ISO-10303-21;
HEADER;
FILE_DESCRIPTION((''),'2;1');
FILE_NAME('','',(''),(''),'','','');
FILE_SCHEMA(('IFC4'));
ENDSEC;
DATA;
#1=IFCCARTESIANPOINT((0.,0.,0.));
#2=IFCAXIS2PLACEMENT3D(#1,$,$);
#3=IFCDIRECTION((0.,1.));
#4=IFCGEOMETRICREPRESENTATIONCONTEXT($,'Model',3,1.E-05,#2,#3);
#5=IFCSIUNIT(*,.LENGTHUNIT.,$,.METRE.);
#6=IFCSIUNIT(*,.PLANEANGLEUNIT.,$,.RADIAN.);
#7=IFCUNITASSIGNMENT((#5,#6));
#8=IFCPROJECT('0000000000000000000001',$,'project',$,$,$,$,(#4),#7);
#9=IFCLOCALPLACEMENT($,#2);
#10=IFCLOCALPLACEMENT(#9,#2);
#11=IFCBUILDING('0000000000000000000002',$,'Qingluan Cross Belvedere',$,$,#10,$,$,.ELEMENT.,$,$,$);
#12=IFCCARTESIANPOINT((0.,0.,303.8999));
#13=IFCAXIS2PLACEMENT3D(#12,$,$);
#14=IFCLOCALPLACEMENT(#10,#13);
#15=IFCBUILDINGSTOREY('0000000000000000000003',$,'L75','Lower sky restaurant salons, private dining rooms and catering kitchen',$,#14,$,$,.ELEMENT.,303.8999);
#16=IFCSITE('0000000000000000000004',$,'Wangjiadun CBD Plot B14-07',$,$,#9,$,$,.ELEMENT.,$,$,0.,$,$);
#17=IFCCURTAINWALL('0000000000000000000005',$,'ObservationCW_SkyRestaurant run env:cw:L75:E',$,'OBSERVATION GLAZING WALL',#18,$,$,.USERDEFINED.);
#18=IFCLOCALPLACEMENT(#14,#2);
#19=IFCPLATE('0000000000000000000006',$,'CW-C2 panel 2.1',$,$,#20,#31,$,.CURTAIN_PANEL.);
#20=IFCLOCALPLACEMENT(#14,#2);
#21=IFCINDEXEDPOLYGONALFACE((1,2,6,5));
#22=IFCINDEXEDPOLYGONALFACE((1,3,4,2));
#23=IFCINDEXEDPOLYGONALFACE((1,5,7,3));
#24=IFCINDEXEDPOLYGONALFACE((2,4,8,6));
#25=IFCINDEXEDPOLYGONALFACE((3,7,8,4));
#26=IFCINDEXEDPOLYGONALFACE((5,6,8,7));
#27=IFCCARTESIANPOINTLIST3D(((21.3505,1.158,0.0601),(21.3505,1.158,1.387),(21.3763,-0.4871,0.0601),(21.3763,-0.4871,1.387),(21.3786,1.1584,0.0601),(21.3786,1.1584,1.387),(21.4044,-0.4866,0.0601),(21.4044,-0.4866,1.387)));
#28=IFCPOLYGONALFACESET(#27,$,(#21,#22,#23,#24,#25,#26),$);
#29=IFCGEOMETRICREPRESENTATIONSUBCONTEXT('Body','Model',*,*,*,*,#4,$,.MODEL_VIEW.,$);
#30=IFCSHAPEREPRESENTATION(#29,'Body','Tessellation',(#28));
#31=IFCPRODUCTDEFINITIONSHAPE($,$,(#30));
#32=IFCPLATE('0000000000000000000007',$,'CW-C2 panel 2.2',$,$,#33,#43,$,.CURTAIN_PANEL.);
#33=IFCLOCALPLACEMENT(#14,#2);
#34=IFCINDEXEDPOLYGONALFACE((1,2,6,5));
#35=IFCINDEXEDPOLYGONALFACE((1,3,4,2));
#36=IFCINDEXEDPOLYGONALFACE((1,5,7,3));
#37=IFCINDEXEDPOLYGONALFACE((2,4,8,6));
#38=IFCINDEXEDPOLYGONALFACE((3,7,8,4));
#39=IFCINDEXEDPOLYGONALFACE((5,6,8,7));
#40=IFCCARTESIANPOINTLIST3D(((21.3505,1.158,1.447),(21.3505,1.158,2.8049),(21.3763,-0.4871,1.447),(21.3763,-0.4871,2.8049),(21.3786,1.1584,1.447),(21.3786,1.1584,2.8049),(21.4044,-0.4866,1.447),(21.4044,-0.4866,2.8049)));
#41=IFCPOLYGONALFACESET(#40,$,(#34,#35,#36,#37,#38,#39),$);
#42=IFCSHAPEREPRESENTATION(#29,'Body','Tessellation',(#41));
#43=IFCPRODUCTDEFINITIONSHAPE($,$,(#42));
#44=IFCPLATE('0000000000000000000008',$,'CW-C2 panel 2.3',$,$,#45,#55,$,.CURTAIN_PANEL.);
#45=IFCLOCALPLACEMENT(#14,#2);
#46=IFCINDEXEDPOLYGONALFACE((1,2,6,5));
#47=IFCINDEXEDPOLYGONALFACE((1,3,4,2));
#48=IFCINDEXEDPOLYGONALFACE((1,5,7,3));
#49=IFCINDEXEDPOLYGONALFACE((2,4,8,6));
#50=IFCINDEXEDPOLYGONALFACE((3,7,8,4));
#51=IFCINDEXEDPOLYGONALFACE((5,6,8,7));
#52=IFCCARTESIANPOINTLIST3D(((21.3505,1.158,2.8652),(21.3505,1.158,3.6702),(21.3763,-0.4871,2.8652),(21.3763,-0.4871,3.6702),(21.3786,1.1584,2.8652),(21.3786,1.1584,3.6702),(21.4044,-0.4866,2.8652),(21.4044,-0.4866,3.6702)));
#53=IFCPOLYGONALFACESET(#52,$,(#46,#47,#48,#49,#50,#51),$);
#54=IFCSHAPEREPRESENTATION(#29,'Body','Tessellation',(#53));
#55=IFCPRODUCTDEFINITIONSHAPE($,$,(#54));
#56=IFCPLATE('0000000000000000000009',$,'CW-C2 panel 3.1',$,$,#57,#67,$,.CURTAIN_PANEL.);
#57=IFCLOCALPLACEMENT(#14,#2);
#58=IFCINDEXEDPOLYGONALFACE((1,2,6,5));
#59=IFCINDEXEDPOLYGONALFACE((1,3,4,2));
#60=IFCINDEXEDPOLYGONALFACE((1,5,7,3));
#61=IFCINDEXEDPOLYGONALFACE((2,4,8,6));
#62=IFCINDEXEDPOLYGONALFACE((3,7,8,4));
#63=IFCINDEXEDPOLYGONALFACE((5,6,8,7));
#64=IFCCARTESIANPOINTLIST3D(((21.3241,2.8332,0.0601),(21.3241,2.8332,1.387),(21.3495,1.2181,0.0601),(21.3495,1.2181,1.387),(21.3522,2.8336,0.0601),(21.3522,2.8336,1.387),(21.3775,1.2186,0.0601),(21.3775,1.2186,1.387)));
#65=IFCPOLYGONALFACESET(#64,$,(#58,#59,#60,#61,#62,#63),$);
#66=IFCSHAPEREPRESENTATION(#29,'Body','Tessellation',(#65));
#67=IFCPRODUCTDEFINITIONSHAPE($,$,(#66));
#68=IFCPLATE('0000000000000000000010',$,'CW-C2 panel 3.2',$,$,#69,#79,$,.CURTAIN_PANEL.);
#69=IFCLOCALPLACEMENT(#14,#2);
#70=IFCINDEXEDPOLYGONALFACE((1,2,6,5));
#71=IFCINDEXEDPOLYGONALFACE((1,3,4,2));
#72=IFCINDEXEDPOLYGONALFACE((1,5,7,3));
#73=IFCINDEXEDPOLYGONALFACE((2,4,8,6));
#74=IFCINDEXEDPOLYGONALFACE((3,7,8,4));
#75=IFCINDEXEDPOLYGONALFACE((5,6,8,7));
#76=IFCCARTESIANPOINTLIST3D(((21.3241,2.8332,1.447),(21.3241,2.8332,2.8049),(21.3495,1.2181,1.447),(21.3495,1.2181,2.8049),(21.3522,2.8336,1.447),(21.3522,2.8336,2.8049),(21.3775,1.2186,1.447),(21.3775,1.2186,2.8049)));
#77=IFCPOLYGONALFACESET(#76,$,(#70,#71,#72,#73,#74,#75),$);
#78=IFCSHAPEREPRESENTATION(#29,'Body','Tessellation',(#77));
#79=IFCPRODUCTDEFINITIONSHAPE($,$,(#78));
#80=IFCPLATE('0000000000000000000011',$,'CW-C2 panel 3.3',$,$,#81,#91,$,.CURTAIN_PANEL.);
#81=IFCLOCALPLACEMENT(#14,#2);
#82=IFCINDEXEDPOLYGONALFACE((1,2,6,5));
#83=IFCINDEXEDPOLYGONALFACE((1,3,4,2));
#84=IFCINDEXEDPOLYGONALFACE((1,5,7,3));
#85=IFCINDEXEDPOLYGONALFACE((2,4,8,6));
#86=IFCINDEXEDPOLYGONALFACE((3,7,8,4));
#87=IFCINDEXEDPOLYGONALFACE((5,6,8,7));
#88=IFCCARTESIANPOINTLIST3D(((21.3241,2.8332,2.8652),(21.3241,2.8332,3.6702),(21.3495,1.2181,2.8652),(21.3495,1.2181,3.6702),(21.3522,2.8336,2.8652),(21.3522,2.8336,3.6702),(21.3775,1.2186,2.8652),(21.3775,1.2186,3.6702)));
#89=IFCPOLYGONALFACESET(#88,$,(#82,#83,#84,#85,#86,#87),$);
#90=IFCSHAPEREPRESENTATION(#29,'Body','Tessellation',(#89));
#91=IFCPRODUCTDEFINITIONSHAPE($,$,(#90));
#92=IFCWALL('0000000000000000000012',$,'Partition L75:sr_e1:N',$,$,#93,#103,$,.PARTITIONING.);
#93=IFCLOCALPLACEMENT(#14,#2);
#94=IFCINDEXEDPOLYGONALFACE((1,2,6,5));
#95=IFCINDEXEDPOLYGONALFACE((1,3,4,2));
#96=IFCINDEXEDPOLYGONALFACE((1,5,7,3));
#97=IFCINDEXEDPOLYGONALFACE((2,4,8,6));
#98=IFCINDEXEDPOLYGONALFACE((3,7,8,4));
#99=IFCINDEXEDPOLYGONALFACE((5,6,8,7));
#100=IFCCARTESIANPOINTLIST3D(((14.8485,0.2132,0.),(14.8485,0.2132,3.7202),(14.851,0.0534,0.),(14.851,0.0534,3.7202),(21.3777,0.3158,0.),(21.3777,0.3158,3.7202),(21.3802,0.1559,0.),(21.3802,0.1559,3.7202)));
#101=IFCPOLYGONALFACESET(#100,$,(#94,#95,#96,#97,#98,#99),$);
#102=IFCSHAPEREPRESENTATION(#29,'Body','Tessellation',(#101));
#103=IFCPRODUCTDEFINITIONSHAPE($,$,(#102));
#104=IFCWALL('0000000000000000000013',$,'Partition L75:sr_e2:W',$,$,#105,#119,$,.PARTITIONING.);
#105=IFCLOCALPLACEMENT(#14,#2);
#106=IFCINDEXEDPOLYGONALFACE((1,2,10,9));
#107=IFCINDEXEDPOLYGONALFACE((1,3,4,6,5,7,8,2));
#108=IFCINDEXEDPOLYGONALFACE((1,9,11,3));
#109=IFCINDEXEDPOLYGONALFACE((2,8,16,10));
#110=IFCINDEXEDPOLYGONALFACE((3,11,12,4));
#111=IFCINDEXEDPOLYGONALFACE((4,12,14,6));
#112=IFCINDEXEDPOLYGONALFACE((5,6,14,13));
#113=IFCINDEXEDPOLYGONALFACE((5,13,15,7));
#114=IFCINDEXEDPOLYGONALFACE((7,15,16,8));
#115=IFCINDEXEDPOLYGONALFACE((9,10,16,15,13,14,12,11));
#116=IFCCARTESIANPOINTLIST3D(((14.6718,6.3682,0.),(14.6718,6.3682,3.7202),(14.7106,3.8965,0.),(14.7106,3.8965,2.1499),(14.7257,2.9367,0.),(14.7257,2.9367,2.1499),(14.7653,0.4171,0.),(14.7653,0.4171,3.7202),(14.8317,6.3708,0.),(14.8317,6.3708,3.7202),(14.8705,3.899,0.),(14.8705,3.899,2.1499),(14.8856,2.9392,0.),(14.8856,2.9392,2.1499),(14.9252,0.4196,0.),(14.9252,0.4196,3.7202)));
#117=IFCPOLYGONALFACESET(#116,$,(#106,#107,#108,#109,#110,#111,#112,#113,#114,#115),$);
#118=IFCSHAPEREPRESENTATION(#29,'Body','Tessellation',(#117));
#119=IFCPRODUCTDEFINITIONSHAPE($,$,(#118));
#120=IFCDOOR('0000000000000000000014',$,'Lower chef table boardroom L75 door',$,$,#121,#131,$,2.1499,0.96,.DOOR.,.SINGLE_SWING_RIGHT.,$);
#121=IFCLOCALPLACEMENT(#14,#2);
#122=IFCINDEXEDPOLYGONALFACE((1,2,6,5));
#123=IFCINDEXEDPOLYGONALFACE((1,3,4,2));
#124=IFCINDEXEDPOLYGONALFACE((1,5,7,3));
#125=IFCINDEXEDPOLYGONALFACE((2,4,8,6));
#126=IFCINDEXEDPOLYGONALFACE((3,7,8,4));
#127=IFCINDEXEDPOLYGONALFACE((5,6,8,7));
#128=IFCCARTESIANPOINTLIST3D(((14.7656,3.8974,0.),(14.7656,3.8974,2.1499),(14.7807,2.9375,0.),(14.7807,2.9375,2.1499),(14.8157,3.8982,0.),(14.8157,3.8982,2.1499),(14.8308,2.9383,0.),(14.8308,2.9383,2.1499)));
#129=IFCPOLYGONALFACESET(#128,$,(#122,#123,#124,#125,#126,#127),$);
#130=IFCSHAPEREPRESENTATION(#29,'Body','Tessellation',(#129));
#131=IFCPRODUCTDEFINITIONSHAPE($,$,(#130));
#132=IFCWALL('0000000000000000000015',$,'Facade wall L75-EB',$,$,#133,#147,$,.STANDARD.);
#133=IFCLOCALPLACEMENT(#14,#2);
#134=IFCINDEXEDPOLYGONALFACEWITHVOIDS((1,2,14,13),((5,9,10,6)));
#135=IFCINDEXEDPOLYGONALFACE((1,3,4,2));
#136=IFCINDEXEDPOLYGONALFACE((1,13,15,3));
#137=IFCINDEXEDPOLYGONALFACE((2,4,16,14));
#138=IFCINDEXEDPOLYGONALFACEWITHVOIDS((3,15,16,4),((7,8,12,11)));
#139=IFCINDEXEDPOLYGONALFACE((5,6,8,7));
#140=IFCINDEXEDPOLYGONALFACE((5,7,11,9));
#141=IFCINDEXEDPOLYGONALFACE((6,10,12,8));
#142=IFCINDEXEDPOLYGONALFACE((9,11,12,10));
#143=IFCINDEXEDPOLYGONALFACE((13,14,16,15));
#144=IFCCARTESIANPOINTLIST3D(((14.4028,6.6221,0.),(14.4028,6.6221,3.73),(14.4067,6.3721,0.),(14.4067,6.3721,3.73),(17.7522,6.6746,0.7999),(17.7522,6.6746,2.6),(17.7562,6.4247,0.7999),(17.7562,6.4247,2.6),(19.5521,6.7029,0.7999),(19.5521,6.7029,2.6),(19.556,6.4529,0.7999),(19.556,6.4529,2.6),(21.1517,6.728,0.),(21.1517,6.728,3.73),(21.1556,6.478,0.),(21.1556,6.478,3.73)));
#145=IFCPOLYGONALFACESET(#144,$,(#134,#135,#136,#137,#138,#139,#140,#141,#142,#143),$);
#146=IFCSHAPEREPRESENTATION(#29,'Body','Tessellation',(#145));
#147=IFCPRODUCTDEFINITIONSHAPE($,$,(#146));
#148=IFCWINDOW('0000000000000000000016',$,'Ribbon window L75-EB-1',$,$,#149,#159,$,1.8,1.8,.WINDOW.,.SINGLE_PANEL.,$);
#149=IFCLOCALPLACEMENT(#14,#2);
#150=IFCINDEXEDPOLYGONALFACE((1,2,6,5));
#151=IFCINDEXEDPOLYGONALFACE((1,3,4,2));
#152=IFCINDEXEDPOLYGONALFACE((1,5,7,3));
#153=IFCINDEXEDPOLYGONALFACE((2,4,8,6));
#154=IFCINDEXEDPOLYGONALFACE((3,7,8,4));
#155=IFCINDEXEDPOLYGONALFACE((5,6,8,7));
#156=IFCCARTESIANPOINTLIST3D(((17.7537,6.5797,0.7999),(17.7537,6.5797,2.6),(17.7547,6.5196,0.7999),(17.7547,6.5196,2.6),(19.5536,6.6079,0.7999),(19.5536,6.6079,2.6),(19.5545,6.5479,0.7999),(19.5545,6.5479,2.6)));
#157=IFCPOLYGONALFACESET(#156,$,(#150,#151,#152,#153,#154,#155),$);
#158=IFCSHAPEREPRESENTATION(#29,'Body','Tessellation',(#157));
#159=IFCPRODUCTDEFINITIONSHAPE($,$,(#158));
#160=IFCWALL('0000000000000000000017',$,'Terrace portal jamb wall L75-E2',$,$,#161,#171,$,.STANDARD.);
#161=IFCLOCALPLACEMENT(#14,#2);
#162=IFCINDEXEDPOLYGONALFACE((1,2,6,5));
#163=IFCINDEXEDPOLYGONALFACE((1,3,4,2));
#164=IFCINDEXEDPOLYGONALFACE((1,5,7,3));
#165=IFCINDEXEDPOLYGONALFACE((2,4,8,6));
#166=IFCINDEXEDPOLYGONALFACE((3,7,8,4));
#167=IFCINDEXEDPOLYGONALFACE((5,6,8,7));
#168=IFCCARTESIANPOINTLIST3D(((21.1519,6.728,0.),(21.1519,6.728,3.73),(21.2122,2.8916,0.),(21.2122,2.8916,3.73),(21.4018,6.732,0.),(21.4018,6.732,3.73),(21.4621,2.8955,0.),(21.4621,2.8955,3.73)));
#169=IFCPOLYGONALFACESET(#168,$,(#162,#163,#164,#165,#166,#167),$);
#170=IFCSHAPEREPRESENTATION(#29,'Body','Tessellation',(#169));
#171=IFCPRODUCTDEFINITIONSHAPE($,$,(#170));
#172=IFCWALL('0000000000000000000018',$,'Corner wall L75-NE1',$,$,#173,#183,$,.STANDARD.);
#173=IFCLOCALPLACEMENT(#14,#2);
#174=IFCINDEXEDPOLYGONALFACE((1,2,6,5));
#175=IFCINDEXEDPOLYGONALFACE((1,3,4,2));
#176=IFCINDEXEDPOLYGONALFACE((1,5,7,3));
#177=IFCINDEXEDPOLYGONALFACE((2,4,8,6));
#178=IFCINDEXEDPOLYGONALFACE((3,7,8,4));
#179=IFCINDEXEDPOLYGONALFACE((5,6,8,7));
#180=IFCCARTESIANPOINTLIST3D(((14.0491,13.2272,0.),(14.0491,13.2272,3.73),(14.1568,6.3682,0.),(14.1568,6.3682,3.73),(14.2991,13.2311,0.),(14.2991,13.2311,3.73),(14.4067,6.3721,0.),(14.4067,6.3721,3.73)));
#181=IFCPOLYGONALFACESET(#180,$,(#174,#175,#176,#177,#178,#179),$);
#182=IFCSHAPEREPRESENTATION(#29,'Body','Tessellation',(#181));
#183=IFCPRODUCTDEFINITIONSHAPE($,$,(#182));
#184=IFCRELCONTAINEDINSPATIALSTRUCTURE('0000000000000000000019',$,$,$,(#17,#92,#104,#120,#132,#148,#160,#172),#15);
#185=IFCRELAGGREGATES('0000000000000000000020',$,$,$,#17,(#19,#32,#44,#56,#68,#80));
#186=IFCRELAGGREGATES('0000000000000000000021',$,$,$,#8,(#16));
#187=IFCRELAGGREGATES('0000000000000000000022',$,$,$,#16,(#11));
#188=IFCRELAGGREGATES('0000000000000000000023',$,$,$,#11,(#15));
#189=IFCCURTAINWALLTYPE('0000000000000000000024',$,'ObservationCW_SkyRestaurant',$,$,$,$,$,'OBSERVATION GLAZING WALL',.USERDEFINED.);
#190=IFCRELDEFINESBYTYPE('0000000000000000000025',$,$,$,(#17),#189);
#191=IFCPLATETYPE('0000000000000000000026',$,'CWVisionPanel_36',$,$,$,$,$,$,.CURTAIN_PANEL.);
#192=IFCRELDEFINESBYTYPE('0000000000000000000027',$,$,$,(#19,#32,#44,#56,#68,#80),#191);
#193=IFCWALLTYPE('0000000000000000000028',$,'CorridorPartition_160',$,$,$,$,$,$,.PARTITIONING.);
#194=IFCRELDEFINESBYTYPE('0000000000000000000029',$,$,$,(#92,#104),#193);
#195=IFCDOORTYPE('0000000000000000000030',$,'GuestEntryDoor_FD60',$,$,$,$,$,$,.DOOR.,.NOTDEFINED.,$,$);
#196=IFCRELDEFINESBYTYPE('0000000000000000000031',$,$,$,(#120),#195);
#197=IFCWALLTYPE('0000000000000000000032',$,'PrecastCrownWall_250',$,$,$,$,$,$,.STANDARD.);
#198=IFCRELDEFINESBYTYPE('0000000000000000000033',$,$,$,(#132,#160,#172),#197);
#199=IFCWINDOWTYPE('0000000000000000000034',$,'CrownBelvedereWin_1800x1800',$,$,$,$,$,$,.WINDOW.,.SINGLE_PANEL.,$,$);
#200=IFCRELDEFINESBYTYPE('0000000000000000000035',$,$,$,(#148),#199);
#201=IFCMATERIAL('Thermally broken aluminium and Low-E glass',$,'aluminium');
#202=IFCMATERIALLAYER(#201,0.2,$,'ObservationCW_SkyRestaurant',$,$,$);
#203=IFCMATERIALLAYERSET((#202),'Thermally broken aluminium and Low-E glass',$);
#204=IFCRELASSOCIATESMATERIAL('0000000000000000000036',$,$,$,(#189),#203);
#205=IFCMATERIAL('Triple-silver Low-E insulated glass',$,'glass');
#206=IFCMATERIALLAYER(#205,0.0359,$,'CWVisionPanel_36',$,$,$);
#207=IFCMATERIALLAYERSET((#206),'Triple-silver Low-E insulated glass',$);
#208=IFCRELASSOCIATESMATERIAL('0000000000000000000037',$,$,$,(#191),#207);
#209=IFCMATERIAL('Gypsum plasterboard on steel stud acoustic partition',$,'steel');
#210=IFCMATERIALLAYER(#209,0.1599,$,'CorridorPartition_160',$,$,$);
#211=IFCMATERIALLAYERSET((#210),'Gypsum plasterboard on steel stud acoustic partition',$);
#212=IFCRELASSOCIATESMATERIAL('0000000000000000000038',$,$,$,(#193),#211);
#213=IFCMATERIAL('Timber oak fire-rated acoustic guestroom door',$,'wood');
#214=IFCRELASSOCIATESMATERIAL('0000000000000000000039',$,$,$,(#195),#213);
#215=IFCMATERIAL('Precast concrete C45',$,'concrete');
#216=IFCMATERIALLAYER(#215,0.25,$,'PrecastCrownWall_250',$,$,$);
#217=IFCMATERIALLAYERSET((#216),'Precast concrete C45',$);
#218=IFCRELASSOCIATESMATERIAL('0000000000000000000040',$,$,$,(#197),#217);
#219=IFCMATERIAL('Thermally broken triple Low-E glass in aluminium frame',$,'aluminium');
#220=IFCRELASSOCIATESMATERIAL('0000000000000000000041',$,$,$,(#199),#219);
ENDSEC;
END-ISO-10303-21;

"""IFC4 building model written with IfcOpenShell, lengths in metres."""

from ifc_helpers import new_model, si_unit, direction, frame, frame_2d, origin, origin_2d, place, context, subcontext, project, spatial, rectangle, extrude, material, layer, layer_set, type_object, element, fill, aggregate, save


model = new_model("IFC4")

# Units and contexts
model_context = context("Model", 3, precision=1e-05, world=origin(), true_north=direction((0.0, 1.0)))
body_context = subcontext(model_context, "Body", "Model", "MODEL_VIEW")
ifc_project = project(units=[si_unit("LENGTHUNIT", "METRE"), si_unit("PLANEANGLEUNIT", "RADIAN")], contexts=[model_context])

# Site, building, storey
site_placement = place(None, origin())
site = spatial("IfcSite", under=ifc_project, at=site_placement, Name="Wangjiadun CBD Plot B14-07", CompositionType="ELEMENT", RefElevation=0.0)
building_placement = place(site_placement, origin())
building = spatial("IfcBuilding", under=site, at=building_placement, Name="Qingluan Cross Belvedere", CompositionType="ELEMENT")
storey_placement = place(building_placement, frame((0.0, 0.0, 303.8999)))
storey = spatial("IfcBuildingStorey", under=building, at=storey_placement, Name="L75", Description="Lower sky restaurant salons, private dining rooms and catering kitchen", CompositionType="ELEMENT", Elevation=303.8999)

# Curtain wall
ifc_material_1 = material(Name="Thermally broken aluminium and Low-E glass", Category="aluminium")
ifc_layer_1 = layer(ifc_material_1, 0.2, Name="ObservationCW_SkyRestaurant")
ifc_layer_set_1 = layer_set([ifc_layer_1], Name="Thermally broken aluminium and Low-E glass")
curtain_wall_type = type_object("IfcCurtainWallType", Name="ObservationCW_SkyRestaurant", ElementType="OBSERVATION GLAZING WALL", PredefinedType="USERDEFINED", material=ifc_layer_set_1)
curtain_wall_placement = place(storey_placement, origin())
curtain_wall = element("IfcCurtainWall", 1, at=curtain_wall_placement, inside=storey, type_object=curtain_wall_type, Name="ObservationCW_SkyRestaurant run env:cw:L75:E", ObjectType="OBSERVATION GLAZING WALL", PredefinedType="USERDEFINED")

# Plates
ifc_material_2 = material(Name="Triple-silver Low-E insulated glass", Category="glass")
ifc_layer_2 = layer(ifc_material_2, 0.0359, Name="CWVisionPanel_36")
ifc_layer_set_2 = layer_set([ifc_layer_2], Name="Triple-silver Low-E insulated glass")
plate_type = type_object("IfcPlateType", Name="CWVisionPanel_36", PredefinedType="CURTAIN_PANEL", material=ifc_layer_set_2)
plate_1_placement = place(storey_placement, frame((21.3774, 0.3357, 0.0601), z_axis=(0.0, 0.0, 1.0), x_axis=(-0.015696, 0.999877, 0.0)))
plate_1 = element("IfcPlate", 2, at=plate_1_placement, type_object=plate_type, Name="CW-C2 panel 2.1", PredefinedType="CURTAIN_PANEL", context=body_context, shape_type="SweptSolid", body=[
    extrude(rectangle(XDim=1.6453, YDim=0.0281, at=origin_2d()), origin(), (0.0, 0.0, 1.0), 1.3269),
])
plate_2_placement = place(storey_placement, frame((21.3774, 0.3357, 1.447), z_axis=(0.0, 0.0, 1.0), x_axis=(-0.015696, 0.999877, 0.0)))
plate_2 = element("IfcPlate", 3, at=plate_2_placement, type_object=plate_type, Name="CW-C2 panel 2.2", PredefinedType="CURTAIN_PANEL", context=body_context, shape_type="SweptSolid", body=[
    extrude(rectangle(XDim=1.6453, YDim=0.0281, at=origin_2d()), origin(), (0.0, 0.0, 1.0), 1.3579),
])
plate_3_placement = place(storey_placement, frame((21.3774, 0.3357, 2.8652), z_axis=(0.0, 0.0, 1.0), x_axis=(-0.015696, 0.999877, 0.0)))
plate_3 = element("IfcPlate", 4, at=plate_3_placement, type_object=plate_type, Name="CW-C2 panel 2.3", PredefinedType="CURTAIN_PANEL", context=body_context, shape_type="SweptSolid", body=[
    extrude(rectangle(XDim=1.6453, YDim=0.0281, at=origin_2d()), origin(), (0.0, 0.0, 1.0), 0.8049),
])
plate_4_placement = place(storey_placement, frame((21.3508, 2.0259, 0.0601), z_axis=(0.0, 0.0, 1.0), x_axis=(-0.015696, 0.999877, 0.0)))
plate_4 = element("IfcPlate", 5, at=plate_4_placement, type_object=plate_type, Name="CW-C2 panel 3.1", PredefinedType="CURTAIN_PANEL", context=body_context, shape_type="SweptSolid", body=[
    extrude(rectangle(XDim=1.6152, YDim=0.0281, at=origin_2d()), origin(), (0.0, 0.0, 1.0), 1.3269),
])
plate_5_placement = place(storey_placement, frame((21.3508, 2.0259, 1.447), z_axis=(0.0, 0.0, 1.0), x_axis=(-0.015696, 0.999877, 0.0)))
plate_5 = element("IfcPlate", 6, at=plate_5_placement, type_object=plate_type, Name="CW-C2 panel 3.2", PredefinedType="CURTAIN_PANEL", context=body_context, shape_type="SweptSolid", body=[
    extrude(rectangle(XDim=1.6152, YDim=0.0281, at=origin_2d()), origin(), (0.0, 0.0, 1.0), 1.3579),
])
plate_6_placement = place(storey_placement, frame((21.3508, 2.0259, 2.8652), z_axis=(0.0, 0.0, 1.0), x_axis=(-0.015696, 0.999877, 0.0)))
plate_6 = element("IfcPlate", 7, at=plate_6_placement, type_object=plate_type, Name="CW-C2 panel 3.3", PredefinedType="CURTAIN_PANEL", context=body_context, shape_type="SweptSolid", body=[
    extrude(rectangle(XDim=1.6152, YDim=0.0281, at=origin_2d()), origin(), (0.0, 0.0, 1.0), 0.8049),
])
aggregate(curtain_wall, [plate_1, plate_2, plate_3, plate_4, plate_5, plate_6])

# Wall
ifc_material_3 = material(Name="Gypsum plasterboard on steel stud acoustic partition", Category="steel")
ifc_layer_3 = layer(ifc_material_3, 0.1599, Name="CorridorPartition_160")
ifc_layer_set_3 = layer_set([ifc_layer_3], Name="Gypsum plasterboard on steel stud acoustic partition")
wall_type_1 = type_object("IfcWallType", Name="CorridorPartition_160", PredefinedType="PARTITIONING", material=ifc_layer_set_3)
wall_1_placement = place(storey_placement, frame((14.8496, 0.1333, 0.0), z_axis=(0.0, 0.0, 1.0), x_axis=(0.999877, 0.015703, 0.0)))
element("IfcWall", 8, at=wall_1_placement, inside=storey, type_object=wall_type_1, Name="Partition L75:sr_e1:N", PredefinedType="PARTITIONING", context=body_context, shape_type="SweptSolid", body=[
    extrude(rectangle(XDim=6.53, YDim=0.1599, at=frame_2d((3.2651, 0.0))), origin(), (0.0, 0.0, 1.0), 3.7202),
])

# Wall, opening, door
wall_2_placement = place(storey_placement, frame((14.8452, 0.4182, 0.0), z_axis=(0.0, 0.0, 1.0), x_axis=(-0.01571, 0.999877, 0.0)))
wall_2 = element("IfcWall", 9, at=wall_2_placement, inside=storey, type_object=wall_type_1, Name="Partition L75:sr_e2:W", PredefinedType="PARTITIONING", context=body_context, shape_type="SweptSolid", body=[
    extrude(rectangle(XDim=5.9519, YDim=0.1599, at=frame_2d((2.9761, 0.0))), origin(), (0.0, 0.0, 1.0), 3.7202),
])
opening_1_placement = place(wall_2_placement, frame((2.52, 0.0, 0.0)))
opening_1 = element("IfcOpeningElement", 10, at=opening_1_placement, cuts=wall_2, PredefinedType="OPENING", context=body_context, shape_type="SweptSolid", body=[
    extrude(rectangle(XDim=0.96, YDim=2.1499, at=frame_2d((0.48, 1.075))), frame((0.0, 0.0898, 0.0), z_axis=(0.0, -1.0, 0.0), x_axis=(1.0, 0.0, 0.0)), (0.0, 0.0, 1.0), 0.1799),
])
ifc_material_4 = material(Name="Timber oak fire-rated acoustic guestroom door", Category="wood")
door_type = type_object("IfcDoorType", Name="GuestEntryDoor_FD60", OperationType="NOTDEFINED", PredefinedType="DOOR", material=ifc_material_4)
door_placement = place(opening_1_placement, origin())
door = element("IfcDoor", 11, at=door_placement, inside=storey, type_object=door_type, Name="Lower chef table boardroom L75 door", OperationType="SINGLE_SWING_RIGHT", OverallHeight=2.1499, OverallWidth=0.96, PredefinedType="DOOR", context=body_context, shape_type="SweptSolid", body=[
    extrude(rectangle(XDim=0.96, YDim=2.1499, at=frame_2d((0.48, 1.075))), frame((0.0, 0.0249, 0.0), z_axis=(0.0, -1.0, 0.0), x_axis=(1.0, 0.0, 0.0)), (0.0, 0.0, 1.0), 0.05),
])
fill(opening_1, door)

# Wall, opening, window
ifc_material_5 = material(Name="Precast concrete C45", Category="concrete")
ifc_layer_4 = layer(ifc_material_5, 0.25, Name="PrecastCrownWall_250")
ifc_layer_set_4 = layer_set([ifc_layer_4], Name="Precast concrete C45")
wall_type_2 = type_object("IfcWallType", Name="PrecastCrownWall_250", PredefinedType="STANDARD", material=ifc_layer_set_4)
wall_3_placement = place(storey_placement, frame((21.1538, 6.603, 0.0), z_axis=(0.0, 0.0, 1.0), x_axis=(-0.999877, -0.015698, 0.0)))
wall_3 = element("IfcWall", 12, at=wall_3_placement, inside=storey, type_object=wall_type_2, Name="Facade wall L75-EB", PredefinedType="STANDARD", context=body_context, shape_type="SweptSolid", body=[
    extrude(rectangle(XDim=6.7498, YDim=0.25, at=frame_2d((3.375, 0.0))), origin(), (0.0, 0.0, 1.0), 3.73),
])
opening_2_placement = place(wall_3_placement, frame((1.6001, 0.0, 0.8)))
opening_2 = element("IfcOpeningElement", 13, at=opening_2_placement, cuts=wall_3, PredefinedType="OPENING", context=body_context, shape_type="SweptSolid", body=[
    extrude(rectangle(XDim=1.8, YDim=1.8, at=frame_2d((0.8999, 0.8999))), frame((0.0, 0.135, 0.0), z_axis=(0.0, -1.0, 0.0), x_axis=(1.0, 0.0, 0.0)), (0.0, 0.0, 1.0), 0.27),
])
ifc_material_6 = material(Name="Thermally broken triple Low-E glass in aluminium frame", Category="aluminium")
window_type = type_object("IfcWindowType", Name="CrownBelvedereWin_1800x1800", PartitioningType="SINGLE_PANEL", PredefinedType="WINDOW", material=ifc_material_6)
window_placement = place(opening_2_placement, origin())
window = element("IfcWindow", 14, at=window_placement, inside=storey, type_object=window_type, Name="Ribbon window L75-EB-1", OverallHeight=1.8, OverallWidth=1.8, PartitioningType="SINGLE_PANEL", PredefinedType="WINDOW", context=body_context, shape_type="SweptSolid", body=[
    extrude(rectangle(XDim=1.8, YDim=1.8, at=frame_2d((0.8999, 0.8999))), frame((0.0, 0.03, 0.0), z_axis=(0.0, -1.0, 0.0), x_axis=(1.0, 0.0, 0.0)), (0.0, 0.0, 1.0), 0.0601),
])
fill(opening_2, window)

# Walls
wall_4_placement = place(storey_placement, frame((21.3372, 2.8936, 0.0), z_axis=(0.0, 0.0, 1.0), x_axis=(-0.015717, 0.999876, 0.0)))
element("IfcWall", 15, at=wall_4_placement, inside=storey, type_object=wall_type_2, Name="Terrace portal jamb wall L75-E2", PredefinedType="STANDARD", context=body_context, shape_type="SweptSolid", body=[
    extrude(rectangle(XDim=3.8369, YDim=0.25, at=frame_2d((1.9185, 0.0))), origin(), (0.0, 0.0, 1.0), 3.73),
])
wall_5_placement = place(storey_placement, frame((14.2817, 6.3701, 0.0), z_axis=(0.0, 0.0, 1.0), x_axis=(-0.015695, 0.999877, 0.0)))
element("IfcWall", 16, at=wall_5_placement, inside=storey, type_object=wall_type_2, Name="Corner wall L75-NE1", PredefinedType="STANDARD", context=body_context, shape_type="SweptSolid", body=[
    extrude(rectangle(XDim=6.8599, YDim=0.25, at=frame_2d((3.4299, 0.0))), origin(), (0.0, 0.0, 1.0), 3.73),
])

save(model, "model.ifc")
